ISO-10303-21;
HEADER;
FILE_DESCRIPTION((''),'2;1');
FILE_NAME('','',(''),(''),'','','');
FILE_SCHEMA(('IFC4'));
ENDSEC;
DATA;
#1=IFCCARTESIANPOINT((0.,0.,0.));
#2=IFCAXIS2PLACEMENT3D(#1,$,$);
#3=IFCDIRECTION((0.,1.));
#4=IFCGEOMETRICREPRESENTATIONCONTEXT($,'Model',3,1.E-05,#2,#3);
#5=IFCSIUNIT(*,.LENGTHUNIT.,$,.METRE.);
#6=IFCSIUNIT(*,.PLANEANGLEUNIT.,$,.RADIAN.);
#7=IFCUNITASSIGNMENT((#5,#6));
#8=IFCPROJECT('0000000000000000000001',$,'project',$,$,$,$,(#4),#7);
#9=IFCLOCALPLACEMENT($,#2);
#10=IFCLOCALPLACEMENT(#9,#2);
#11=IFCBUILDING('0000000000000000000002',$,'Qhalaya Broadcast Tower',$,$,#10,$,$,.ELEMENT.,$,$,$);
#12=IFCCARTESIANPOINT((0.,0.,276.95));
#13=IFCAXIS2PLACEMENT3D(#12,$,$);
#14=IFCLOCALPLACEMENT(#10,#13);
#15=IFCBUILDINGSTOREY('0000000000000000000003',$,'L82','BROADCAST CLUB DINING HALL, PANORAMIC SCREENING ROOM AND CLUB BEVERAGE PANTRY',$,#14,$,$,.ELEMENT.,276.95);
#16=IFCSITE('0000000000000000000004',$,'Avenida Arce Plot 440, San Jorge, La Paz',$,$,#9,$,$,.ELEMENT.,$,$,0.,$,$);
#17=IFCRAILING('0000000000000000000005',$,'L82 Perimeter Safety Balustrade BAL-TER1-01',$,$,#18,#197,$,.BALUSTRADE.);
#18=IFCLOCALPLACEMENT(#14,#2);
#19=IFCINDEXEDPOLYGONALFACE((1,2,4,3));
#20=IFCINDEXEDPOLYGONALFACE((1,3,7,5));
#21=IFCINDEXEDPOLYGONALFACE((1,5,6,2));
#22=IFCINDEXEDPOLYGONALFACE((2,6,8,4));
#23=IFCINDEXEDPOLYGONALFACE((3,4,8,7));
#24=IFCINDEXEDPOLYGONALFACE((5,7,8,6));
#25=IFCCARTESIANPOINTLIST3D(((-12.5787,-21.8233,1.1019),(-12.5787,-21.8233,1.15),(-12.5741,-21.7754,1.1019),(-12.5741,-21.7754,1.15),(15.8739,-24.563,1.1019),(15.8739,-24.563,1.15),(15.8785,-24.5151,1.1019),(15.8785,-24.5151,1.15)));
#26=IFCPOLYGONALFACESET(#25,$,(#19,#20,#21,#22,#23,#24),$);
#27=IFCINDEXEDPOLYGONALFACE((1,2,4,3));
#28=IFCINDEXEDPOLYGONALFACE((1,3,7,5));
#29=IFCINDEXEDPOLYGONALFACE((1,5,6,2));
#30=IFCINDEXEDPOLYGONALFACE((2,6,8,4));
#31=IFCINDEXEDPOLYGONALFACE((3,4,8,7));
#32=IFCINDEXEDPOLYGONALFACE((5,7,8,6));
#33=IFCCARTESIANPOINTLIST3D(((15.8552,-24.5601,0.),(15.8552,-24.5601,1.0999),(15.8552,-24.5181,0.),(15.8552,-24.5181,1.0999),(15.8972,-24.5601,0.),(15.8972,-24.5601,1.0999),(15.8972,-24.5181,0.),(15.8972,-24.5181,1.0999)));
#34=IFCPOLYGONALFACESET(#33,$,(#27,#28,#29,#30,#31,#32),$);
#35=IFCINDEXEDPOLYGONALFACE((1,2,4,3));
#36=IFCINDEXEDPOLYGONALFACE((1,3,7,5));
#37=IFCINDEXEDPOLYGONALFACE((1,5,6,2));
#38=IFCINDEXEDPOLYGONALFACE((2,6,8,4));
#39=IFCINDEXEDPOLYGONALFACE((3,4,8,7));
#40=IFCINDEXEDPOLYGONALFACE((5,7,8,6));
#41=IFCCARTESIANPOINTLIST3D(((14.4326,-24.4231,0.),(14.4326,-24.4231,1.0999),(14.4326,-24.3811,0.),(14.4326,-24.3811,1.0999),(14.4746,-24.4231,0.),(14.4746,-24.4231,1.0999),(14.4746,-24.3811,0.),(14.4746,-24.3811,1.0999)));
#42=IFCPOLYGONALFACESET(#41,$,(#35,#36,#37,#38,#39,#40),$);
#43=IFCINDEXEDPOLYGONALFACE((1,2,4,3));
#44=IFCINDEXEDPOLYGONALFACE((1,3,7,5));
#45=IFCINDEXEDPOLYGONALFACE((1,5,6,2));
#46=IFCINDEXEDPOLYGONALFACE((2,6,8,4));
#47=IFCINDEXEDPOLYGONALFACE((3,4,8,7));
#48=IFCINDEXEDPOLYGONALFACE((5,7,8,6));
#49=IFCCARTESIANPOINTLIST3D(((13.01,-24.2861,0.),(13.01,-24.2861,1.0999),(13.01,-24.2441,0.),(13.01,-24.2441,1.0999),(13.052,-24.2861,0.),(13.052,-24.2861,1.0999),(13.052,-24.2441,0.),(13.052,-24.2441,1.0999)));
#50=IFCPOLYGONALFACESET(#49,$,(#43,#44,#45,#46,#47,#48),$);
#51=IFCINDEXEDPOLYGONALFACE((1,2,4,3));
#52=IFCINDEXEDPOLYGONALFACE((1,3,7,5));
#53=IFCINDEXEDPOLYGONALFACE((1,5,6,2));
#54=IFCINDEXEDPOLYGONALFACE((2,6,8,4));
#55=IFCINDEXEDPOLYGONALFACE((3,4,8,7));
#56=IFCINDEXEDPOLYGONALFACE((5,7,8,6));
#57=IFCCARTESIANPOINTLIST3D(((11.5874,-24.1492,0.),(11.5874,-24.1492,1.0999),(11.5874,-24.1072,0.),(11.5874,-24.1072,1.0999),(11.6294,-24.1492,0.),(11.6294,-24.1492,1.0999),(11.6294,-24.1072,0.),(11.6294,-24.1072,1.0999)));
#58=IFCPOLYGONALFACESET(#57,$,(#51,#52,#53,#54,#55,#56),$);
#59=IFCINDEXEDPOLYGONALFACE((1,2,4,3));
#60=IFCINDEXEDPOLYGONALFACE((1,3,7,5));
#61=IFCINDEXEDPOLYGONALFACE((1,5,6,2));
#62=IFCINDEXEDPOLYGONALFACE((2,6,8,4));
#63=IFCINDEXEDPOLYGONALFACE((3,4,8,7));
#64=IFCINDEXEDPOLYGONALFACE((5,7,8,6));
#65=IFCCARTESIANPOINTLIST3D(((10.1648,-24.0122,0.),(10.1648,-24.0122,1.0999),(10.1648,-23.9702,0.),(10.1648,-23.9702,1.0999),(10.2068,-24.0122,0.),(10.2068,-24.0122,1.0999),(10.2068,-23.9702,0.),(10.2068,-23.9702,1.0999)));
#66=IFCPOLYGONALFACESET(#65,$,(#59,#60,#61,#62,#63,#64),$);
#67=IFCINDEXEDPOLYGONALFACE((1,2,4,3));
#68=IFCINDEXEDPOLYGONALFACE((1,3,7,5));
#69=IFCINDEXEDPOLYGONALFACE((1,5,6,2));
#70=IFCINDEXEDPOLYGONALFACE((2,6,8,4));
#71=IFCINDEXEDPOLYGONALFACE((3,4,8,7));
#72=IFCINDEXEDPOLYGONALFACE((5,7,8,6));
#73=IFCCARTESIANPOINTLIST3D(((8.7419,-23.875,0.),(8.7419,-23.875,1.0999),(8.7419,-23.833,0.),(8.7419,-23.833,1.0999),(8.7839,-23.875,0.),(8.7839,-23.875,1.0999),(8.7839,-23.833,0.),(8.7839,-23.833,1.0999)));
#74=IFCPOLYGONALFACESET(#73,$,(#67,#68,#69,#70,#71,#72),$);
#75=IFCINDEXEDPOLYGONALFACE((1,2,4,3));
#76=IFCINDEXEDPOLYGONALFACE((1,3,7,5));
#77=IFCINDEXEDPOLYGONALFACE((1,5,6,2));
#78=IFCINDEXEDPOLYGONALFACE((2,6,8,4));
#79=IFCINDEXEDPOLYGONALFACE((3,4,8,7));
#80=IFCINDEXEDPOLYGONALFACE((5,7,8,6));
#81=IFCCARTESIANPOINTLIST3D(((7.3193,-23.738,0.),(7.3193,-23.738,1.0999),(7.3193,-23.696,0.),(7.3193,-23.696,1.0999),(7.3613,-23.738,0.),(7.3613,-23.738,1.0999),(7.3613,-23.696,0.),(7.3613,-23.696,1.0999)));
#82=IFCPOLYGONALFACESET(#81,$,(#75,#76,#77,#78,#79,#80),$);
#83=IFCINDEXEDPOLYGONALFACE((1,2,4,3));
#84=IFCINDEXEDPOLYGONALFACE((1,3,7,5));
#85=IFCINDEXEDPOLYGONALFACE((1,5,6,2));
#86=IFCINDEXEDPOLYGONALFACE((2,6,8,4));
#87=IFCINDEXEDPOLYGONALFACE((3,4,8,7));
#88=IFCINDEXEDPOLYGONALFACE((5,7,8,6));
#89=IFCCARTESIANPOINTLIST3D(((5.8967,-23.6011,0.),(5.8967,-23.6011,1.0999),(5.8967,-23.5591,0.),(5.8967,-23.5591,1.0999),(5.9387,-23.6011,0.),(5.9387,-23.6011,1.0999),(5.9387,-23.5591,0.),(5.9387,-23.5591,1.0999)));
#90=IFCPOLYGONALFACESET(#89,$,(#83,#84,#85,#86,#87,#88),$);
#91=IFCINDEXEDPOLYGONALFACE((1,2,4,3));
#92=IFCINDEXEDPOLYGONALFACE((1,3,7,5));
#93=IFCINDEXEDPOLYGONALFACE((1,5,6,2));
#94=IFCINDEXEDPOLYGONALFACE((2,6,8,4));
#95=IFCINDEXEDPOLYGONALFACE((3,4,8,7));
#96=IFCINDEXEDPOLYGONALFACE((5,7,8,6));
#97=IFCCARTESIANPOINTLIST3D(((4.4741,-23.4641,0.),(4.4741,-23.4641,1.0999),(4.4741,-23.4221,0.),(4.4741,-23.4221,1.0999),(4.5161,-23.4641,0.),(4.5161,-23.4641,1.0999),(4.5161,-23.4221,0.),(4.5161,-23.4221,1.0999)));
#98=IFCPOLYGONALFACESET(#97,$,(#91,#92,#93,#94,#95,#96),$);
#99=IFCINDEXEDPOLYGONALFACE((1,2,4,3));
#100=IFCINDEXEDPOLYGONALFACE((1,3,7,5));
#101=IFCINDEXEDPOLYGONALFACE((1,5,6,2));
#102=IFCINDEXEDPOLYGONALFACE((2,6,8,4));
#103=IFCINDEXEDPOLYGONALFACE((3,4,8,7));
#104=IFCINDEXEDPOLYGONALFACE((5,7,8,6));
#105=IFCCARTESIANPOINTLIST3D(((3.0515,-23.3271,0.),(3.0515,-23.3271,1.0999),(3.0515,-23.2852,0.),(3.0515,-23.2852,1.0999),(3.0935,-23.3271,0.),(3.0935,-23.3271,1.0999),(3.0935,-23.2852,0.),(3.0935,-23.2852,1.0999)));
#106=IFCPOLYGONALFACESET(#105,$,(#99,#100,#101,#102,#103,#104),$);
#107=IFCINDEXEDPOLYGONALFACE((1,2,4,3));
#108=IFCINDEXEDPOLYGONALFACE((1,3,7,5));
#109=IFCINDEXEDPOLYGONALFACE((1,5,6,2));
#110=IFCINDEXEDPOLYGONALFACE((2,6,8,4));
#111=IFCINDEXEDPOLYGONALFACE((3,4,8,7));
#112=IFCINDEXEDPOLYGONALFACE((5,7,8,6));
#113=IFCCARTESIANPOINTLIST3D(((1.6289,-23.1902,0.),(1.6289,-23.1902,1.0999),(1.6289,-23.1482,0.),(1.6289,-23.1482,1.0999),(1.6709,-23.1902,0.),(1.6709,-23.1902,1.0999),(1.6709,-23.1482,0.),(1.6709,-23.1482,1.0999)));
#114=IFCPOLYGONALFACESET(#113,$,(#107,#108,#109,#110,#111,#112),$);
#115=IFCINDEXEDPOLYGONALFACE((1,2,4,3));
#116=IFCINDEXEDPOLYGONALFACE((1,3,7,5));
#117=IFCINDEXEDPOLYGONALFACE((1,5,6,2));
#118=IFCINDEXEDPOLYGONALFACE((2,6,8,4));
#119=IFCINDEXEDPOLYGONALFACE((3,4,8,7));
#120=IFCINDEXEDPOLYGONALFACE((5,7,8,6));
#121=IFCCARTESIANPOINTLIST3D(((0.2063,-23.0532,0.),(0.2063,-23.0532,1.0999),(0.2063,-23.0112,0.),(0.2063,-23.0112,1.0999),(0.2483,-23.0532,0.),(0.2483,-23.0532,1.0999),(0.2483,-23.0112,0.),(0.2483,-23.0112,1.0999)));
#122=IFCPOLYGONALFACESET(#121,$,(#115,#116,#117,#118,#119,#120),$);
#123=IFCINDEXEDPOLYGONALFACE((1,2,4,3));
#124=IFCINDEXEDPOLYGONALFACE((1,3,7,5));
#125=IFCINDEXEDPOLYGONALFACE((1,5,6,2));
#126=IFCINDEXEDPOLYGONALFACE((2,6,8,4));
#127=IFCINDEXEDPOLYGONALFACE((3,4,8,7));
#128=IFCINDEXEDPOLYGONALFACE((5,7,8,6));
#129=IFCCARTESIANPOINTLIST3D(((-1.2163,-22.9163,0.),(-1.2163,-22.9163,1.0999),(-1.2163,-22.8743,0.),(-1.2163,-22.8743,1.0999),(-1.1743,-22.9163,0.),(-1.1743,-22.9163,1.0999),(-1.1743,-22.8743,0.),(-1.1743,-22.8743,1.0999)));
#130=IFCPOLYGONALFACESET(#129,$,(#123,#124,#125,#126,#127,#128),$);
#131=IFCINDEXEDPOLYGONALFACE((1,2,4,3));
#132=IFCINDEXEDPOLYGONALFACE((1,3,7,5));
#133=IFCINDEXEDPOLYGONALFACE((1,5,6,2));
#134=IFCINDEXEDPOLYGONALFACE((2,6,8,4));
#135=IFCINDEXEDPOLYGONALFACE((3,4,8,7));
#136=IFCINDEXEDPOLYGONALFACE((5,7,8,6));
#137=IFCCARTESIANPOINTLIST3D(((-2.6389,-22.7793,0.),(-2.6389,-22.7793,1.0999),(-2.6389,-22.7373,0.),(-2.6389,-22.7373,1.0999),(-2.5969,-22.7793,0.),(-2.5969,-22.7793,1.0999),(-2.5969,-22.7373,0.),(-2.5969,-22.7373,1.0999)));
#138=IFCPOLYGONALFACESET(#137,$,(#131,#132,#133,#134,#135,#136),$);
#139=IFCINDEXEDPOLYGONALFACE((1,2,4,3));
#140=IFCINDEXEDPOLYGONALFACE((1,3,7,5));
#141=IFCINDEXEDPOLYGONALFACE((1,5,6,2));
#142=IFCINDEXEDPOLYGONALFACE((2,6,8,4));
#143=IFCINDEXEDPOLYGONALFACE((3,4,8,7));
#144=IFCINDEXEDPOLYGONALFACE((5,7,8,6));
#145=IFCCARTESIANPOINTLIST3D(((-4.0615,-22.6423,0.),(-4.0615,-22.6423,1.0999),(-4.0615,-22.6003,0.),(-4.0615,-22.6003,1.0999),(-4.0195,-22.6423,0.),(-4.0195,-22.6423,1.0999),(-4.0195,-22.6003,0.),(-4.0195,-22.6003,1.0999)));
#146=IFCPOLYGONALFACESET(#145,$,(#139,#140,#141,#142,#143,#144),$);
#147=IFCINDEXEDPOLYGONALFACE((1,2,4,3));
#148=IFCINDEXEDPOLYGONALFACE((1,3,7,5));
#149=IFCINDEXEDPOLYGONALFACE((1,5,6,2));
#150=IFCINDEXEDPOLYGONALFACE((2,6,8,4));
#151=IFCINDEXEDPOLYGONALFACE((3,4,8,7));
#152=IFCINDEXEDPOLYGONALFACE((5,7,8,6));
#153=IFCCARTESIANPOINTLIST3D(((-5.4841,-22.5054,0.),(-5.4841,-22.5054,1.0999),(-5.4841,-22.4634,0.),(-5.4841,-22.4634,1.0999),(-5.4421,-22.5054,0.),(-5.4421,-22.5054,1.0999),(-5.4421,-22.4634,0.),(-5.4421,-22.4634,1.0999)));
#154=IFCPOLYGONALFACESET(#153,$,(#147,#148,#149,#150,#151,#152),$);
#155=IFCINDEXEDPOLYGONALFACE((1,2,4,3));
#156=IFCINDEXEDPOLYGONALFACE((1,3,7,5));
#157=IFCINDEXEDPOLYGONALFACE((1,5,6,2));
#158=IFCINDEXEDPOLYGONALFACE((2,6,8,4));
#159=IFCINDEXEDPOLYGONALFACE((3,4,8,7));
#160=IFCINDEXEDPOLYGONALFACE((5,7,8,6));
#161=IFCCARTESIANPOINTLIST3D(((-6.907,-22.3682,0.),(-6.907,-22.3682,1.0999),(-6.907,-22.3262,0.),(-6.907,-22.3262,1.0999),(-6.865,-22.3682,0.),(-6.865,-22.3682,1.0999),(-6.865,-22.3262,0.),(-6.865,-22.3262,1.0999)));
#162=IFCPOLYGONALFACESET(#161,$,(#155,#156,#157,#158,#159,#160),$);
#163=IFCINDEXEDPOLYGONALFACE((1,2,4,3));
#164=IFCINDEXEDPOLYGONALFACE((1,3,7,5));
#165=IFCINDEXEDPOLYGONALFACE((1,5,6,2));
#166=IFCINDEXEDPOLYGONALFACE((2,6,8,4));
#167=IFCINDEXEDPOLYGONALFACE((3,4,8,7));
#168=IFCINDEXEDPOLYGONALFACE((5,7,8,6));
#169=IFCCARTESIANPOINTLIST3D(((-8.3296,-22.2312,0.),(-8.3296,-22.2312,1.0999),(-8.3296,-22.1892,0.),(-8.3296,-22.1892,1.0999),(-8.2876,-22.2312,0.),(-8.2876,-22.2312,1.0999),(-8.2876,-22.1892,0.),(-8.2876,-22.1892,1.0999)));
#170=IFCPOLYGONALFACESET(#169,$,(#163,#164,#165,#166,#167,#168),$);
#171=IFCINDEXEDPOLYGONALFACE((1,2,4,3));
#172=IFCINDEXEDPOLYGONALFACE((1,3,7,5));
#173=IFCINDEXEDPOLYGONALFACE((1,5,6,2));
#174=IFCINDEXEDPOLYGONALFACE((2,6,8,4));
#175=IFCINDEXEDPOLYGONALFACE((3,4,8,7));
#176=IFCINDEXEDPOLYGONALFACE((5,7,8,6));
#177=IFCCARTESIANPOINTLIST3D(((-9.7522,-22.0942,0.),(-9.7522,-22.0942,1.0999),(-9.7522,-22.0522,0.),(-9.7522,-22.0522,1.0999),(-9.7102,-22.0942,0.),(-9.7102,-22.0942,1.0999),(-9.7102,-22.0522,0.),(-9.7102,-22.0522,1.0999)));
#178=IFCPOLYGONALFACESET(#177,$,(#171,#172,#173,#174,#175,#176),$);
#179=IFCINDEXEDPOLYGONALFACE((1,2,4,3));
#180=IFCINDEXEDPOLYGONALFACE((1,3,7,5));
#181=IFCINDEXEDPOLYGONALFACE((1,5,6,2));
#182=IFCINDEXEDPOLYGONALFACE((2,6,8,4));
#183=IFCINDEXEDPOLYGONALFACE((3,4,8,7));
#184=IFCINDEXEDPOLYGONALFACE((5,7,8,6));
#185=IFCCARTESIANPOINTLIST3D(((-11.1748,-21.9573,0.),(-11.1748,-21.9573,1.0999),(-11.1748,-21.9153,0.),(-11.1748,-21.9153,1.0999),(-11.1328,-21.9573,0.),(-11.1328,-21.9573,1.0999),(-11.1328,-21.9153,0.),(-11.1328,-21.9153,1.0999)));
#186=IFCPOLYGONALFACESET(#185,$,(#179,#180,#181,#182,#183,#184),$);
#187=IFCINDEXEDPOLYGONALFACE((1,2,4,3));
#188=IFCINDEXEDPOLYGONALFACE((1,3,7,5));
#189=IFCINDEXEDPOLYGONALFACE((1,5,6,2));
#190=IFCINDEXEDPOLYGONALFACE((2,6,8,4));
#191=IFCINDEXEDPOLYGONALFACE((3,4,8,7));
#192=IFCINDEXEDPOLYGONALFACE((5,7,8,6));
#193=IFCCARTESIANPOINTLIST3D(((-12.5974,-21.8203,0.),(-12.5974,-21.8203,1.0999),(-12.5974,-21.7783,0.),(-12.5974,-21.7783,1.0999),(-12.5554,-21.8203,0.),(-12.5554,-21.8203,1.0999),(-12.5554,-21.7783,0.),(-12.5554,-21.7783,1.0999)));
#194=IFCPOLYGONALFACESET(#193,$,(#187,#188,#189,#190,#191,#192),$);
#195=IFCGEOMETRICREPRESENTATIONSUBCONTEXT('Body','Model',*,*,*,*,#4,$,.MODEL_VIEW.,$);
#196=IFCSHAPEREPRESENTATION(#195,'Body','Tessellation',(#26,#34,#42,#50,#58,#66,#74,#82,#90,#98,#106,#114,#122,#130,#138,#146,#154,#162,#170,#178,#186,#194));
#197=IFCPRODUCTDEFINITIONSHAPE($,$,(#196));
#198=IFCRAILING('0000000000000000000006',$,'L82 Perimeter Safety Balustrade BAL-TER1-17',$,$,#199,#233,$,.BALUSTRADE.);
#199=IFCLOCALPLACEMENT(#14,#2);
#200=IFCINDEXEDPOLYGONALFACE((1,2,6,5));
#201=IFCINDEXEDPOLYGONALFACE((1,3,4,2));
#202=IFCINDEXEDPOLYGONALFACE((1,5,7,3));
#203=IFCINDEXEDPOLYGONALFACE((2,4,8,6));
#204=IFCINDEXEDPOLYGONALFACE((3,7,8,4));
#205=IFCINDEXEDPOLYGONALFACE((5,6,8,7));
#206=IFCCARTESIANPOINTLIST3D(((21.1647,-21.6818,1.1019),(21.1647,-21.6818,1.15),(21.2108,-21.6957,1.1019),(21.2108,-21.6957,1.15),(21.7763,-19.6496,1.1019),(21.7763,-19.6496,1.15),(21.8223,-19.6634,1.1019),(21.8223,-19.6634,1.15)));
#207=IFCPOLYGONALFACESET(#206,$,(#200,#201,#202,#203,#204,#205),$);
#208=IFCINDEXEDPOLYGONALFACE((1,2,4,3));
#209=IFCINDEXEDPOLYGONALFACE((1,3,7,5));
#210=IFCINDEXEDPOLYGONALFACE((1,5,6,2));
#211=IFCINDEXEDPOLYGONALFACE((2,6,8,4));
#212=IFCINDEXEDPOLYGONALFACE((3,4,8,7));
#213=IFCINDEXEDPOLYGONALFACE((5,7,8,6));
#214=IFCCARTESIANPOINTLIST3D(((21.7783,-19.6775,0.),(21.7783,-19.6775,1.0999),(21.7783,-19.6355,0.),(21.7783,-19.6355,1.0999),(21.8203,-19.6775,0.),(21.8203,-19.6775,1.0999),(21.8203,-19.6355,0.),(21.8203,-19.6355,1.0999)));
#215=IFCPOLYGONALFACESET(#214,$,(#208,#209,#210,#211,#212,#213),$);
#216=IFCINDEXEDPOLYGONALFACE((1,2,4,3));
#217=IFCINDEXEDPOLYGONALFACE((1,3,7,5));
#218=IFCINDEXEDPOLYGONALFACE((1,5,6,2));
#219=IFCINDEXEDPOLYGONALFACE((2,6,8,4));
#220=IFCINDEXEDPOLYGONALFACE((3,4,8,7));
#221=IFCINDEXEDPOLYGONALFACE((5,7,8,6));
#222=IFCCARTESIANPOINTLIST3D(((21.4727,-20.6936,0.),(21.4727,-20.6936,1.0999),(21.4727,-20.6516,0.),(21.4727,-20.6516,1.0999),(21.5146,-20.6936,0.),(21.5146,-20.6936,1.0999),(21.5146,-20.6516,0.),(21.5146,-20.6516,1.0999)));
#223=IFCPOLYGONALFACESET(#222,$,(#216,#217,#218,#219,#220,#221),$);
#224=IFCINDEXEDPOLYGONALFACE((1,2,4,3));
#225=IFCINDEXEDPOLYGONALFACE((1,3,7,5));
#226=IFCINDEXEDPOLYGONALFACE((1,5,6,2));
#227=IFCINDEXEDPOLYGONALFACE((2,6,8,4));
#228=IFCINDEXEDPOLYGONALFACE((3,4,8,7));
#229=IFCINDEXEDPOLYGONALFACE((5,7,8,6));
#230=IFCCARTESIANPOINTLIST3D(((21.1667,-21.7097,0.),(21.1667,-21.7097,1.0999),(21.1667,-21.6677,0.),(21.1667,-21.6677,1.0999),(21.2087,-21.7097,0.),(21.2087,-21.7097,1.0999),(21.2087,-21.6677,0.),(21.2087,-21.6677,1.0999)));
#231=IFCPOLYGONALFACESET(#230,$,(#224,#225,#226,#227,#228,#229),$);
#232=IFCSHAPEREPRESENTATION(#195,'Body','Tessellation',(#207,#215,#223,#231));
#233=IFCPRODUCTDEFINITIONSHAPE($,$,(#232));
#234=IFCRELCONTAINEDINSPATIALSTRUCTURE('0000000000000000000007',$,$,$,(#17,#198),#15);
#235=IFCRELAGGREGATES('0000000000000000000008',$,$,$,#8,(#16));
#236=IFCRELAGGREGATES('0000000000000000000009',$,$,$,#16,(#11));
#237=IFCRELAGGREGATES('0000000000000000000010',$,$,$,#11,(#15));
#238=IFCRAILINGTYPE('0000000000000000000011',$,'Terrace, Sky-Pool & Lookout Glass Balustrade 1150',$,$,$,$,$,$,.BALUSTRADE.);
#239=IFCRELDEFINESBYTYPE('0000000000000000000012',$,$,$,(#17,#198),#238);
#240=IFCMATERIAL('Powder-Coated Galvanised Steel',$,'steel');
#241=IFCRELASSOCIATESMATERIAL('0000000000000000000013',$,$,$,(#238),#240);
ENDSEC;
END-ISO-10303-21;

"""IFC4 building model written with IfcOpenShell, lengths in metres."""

from ifc_helpers import new_model, si_unit, direction, frame, origin, origin_2d, place, context, subcontext, project, spatial, rectangle, extrude, material, type_object, element, save


model = new_model("IFC4")

# Units and contexts
model_context = context("Model", 3, precision=1e-05, world=origin(), true_north=direction((0.0, 1.0)))
body_context = subcontext(model_context, "Body", "Model", "MODEL_VIEW")
ifc_project = project(units=[si_unit("LENGTHUNIT", "METRE"), si_unit("PLANEANGLEUNIT", "RADIAN")], contexts=[model_context])

# Site, building, storey
site_placement = place(None, origin())
site = spatial("IfcSite", under=ifc_project, at=site_placement, Name="Avenida Arce Plot 440, San Jorge, La Paz", CompositionType="ELEMENT", RefElevation=0.0)
building_placement = place(site_placement, origin())
building = spatial("IfcBuilding", under=site, at=building_placement, Name="Qhalaya Broadcast Tower", CompositionType="ELEMENT")
storey_placement = place(building_placement, frame((0.0, 0.0, 276.95)))
storey = spatial("IfcBuildingStorey", under=building, at=storey_placement, Name="L82", Description="BROADCAST CLUB DINING HALL, PANORAMIC SCREENING ROOM AND CLUB BEVERAGE PANTRY", CompositionType="ELEMENT", Elevation=276.95)

# Railings
ifc_material_1 = material(Name="Powder-Coated Galvanised Steel", Category="steel")
railing_type = type_object("IfcRailingType", Name="Terrace, Sky-Pool & Lookout Glass Balustrade 1150", PredefinedType="BALUSTRADE", material=ifc_material_1)
railing_1_placement = place(storey_placement, frame((15.8762, -24.5391, 0.0)))
element("IfcRailing", 1, at=railing_1_placement, inside=storey, type_object=railing_type, Name="L82 Perimeter Safety Balustrade BAL-TER1-01", PredefinedType="BALUSTRADE", context=body_context, shape_type="SweptSolid", body=[
    extrude(rectangle(XDim=0.0481, YDim=0.0481, at=origin_2d()), frame((0.0, 0.0, 1.126), z_axis=(-0.995396, 0.095848, 0.0), x_axis=(-0.095848, -0.995396, 0.0)), (0.0, 0.0, 1.0), 28.5842),
    extrude(rectangle(XDim=0.042, YDim=0.042, at=origin_2d()), origin(), (0.0, 0.0, 1.0), 1.0999),
    extrude(rectangle(XDim=0.042, YDim=0.042, at=origin_2d()), frame((-1.4226, 0.137, 0.0)), (0.0, 0.0, 1.0), 1.0999),
    extrude(rectangle(XDim=0.042, YDim=0.042, at=origin_2d()), frame((-2.8452, 0.2739, 0.0)), (0.0, 0.0, 1.0), 1.0999),
    extrude(rectangle(XDim=0.042, YDim=0.042, at=origin_2d()), frame((-4.2678, 0.4109, 0.0)), (0.0, 0.0, 1.0), 1.0999),
    extrude(rectangle(XDim=0.042, YDim=0.042, at=origin_2d()), frame((-5.6904, 0.5479, 0.0)), (0.0, 0.0, 1.0), 1.0999),
    extrude(rectangle(XDim=0.042, YDim=0.042, at=origin_2d()), frame((-7.1133, 0.6851, 0.0)), (0.0, 0.0, 1.0), 1.0999),
    extrude(rectangle(XDim=0.042, YDim=0.042, at=origin_2d()), frame((-8.5359, 0.822, 0.0)), (0.0, 0.0, 1.0), 1.0999),
    extrude(rectangle(XDim=0.042, YDim=0.042, at=origin_2d()), frame((-9.9585, 0.959, 0.0)), (0.0, 0.0, 1.0), 1.0999),
    extrude(rectangle(XDim=0.042, YDim=0.042, at=origin_2d()), frame((-11.3811, 1.0959, 0.0)), (0.0, 0.0, 1.0), 1.0999),
    extrude(rectangle(XDim=0.042, YDim=0.042, at=origin_2d()), frame((-12.8037, 1.2329, 0.0)), (0.0, 0.0, 1.0), 1.0999),
    extrude(rectangle(XDim=0.042, YDim=0.042, at=origin_2d()), frame((-14.2263, 1.3699, 0.0)), (0.0, 0.0, 1.0), 1.0999),
    extrude(rectangle(XDim=0.042, YDim=0.042, at=origin_2d()), frame((-15.6489, 1.5068, 0.0)), (0.0, 0.0, 1.0), 1.0999),
    extrude(rectangle(XDim=0.042, YDim=0.042, at=origin_2d()), frame((-17.0715, 1.6438, 0.0)), (0.0, 0.0, 1.0), 1.0999),
    extrude(rectangle(XDim=0.042, YDim=0.042, at=origin_2d()), frame((-18.4941, 1.7808, 0.0)), (0.0, 0.0, 1.0), 1.0999),
    extrude(rectangle(XDim=0.042, YDim=0.042, at=origin_2d()), frame((-19.9167, 1.9177, 0.0)), (0.0, 0.0, 1.0), 1.0999),
    extrude(rectangle(XDim=0.042, YDim=0.042, at=origin_2d()), frame((-21.3394, 2.0547, 0.0)), (0.0, 0.0, 1.0), 1.0999),
    extrude(rectangle(XDim=0.042, YDim=0.042, at=origin_2d()), frame((-22.7622, 2.1919, 0.0)), (0.0, 0.0, 1.0), 1.0999),
    extrude(rectangle(XDim=0.042, YDim=0.042, at=origin_2d()), frame((-24.1848, 2.3289, 0.0)), (0.0, 0.0, 1.0), 1.0999),
    extrude(rectangle(XDim=0.042, YDim=0.042, at=origin_2d()), frame((-25.6074, 2.4658, 0.0)), (0.0, 0.0, 1.0), 1.0999),
    extrude(rectangle(XDim=0.042, YDim=0.042, at=origin_2d()), frame((-27.03, 2.6028, 0.0)), (0.0, 0.0, 1.0), 1.0999),
    extrude(rectangle(XDim=0.042, YDim=0.042, at=origin_2d()), frame((-28.4526, 2.7397, 0.0)), (0.0, 0.0, 1.0), 1.0999),
])
railing_2_placement = place(storey_placement, frame((21.7993, -19.6565, 0.0)))
element("IfcRailing", 2, at=railing_2_placement, inside=storey, type_object=railing_type, Name="L82 Perimeter Safety Balustrade BAL-TER1-17", PredefinedType="BALUSTRADE", context=body_context, shape_type="SweptSolid", body=[
    extrude(rectangle(XDim=0.0481, YDim=0.0481, at=origin_2d()), frame((0.0, 0.0, 1.126), z_axis=(-0.288171, -0.957579, 0.0), x_axis=(0.957579, -0.288171, 0.0)), (0.0, 0.0, 1.0), 2.1223),
    extrude(rectangle(XDim=0.042, YDim=0.042, at=origin_2d()), origin(), (0.0, 0.0, 1.0), 1.0999),
    extrude(rectangle(XDim=0.042, YDim=0.042, at=origin_2d()), frame((-0.3057, -1.0161, 0.0)), (0.0, 0.0, 1.0), 1.0999),
    extrude(rectangle(XDim=0.042, YDim=0.042, at=origin_2d()), frame((-0.6116, -2.0322, 0.0)), (0.0, 0.0, 1.0), 1.0999),
])

save(model, "model.ifc")
